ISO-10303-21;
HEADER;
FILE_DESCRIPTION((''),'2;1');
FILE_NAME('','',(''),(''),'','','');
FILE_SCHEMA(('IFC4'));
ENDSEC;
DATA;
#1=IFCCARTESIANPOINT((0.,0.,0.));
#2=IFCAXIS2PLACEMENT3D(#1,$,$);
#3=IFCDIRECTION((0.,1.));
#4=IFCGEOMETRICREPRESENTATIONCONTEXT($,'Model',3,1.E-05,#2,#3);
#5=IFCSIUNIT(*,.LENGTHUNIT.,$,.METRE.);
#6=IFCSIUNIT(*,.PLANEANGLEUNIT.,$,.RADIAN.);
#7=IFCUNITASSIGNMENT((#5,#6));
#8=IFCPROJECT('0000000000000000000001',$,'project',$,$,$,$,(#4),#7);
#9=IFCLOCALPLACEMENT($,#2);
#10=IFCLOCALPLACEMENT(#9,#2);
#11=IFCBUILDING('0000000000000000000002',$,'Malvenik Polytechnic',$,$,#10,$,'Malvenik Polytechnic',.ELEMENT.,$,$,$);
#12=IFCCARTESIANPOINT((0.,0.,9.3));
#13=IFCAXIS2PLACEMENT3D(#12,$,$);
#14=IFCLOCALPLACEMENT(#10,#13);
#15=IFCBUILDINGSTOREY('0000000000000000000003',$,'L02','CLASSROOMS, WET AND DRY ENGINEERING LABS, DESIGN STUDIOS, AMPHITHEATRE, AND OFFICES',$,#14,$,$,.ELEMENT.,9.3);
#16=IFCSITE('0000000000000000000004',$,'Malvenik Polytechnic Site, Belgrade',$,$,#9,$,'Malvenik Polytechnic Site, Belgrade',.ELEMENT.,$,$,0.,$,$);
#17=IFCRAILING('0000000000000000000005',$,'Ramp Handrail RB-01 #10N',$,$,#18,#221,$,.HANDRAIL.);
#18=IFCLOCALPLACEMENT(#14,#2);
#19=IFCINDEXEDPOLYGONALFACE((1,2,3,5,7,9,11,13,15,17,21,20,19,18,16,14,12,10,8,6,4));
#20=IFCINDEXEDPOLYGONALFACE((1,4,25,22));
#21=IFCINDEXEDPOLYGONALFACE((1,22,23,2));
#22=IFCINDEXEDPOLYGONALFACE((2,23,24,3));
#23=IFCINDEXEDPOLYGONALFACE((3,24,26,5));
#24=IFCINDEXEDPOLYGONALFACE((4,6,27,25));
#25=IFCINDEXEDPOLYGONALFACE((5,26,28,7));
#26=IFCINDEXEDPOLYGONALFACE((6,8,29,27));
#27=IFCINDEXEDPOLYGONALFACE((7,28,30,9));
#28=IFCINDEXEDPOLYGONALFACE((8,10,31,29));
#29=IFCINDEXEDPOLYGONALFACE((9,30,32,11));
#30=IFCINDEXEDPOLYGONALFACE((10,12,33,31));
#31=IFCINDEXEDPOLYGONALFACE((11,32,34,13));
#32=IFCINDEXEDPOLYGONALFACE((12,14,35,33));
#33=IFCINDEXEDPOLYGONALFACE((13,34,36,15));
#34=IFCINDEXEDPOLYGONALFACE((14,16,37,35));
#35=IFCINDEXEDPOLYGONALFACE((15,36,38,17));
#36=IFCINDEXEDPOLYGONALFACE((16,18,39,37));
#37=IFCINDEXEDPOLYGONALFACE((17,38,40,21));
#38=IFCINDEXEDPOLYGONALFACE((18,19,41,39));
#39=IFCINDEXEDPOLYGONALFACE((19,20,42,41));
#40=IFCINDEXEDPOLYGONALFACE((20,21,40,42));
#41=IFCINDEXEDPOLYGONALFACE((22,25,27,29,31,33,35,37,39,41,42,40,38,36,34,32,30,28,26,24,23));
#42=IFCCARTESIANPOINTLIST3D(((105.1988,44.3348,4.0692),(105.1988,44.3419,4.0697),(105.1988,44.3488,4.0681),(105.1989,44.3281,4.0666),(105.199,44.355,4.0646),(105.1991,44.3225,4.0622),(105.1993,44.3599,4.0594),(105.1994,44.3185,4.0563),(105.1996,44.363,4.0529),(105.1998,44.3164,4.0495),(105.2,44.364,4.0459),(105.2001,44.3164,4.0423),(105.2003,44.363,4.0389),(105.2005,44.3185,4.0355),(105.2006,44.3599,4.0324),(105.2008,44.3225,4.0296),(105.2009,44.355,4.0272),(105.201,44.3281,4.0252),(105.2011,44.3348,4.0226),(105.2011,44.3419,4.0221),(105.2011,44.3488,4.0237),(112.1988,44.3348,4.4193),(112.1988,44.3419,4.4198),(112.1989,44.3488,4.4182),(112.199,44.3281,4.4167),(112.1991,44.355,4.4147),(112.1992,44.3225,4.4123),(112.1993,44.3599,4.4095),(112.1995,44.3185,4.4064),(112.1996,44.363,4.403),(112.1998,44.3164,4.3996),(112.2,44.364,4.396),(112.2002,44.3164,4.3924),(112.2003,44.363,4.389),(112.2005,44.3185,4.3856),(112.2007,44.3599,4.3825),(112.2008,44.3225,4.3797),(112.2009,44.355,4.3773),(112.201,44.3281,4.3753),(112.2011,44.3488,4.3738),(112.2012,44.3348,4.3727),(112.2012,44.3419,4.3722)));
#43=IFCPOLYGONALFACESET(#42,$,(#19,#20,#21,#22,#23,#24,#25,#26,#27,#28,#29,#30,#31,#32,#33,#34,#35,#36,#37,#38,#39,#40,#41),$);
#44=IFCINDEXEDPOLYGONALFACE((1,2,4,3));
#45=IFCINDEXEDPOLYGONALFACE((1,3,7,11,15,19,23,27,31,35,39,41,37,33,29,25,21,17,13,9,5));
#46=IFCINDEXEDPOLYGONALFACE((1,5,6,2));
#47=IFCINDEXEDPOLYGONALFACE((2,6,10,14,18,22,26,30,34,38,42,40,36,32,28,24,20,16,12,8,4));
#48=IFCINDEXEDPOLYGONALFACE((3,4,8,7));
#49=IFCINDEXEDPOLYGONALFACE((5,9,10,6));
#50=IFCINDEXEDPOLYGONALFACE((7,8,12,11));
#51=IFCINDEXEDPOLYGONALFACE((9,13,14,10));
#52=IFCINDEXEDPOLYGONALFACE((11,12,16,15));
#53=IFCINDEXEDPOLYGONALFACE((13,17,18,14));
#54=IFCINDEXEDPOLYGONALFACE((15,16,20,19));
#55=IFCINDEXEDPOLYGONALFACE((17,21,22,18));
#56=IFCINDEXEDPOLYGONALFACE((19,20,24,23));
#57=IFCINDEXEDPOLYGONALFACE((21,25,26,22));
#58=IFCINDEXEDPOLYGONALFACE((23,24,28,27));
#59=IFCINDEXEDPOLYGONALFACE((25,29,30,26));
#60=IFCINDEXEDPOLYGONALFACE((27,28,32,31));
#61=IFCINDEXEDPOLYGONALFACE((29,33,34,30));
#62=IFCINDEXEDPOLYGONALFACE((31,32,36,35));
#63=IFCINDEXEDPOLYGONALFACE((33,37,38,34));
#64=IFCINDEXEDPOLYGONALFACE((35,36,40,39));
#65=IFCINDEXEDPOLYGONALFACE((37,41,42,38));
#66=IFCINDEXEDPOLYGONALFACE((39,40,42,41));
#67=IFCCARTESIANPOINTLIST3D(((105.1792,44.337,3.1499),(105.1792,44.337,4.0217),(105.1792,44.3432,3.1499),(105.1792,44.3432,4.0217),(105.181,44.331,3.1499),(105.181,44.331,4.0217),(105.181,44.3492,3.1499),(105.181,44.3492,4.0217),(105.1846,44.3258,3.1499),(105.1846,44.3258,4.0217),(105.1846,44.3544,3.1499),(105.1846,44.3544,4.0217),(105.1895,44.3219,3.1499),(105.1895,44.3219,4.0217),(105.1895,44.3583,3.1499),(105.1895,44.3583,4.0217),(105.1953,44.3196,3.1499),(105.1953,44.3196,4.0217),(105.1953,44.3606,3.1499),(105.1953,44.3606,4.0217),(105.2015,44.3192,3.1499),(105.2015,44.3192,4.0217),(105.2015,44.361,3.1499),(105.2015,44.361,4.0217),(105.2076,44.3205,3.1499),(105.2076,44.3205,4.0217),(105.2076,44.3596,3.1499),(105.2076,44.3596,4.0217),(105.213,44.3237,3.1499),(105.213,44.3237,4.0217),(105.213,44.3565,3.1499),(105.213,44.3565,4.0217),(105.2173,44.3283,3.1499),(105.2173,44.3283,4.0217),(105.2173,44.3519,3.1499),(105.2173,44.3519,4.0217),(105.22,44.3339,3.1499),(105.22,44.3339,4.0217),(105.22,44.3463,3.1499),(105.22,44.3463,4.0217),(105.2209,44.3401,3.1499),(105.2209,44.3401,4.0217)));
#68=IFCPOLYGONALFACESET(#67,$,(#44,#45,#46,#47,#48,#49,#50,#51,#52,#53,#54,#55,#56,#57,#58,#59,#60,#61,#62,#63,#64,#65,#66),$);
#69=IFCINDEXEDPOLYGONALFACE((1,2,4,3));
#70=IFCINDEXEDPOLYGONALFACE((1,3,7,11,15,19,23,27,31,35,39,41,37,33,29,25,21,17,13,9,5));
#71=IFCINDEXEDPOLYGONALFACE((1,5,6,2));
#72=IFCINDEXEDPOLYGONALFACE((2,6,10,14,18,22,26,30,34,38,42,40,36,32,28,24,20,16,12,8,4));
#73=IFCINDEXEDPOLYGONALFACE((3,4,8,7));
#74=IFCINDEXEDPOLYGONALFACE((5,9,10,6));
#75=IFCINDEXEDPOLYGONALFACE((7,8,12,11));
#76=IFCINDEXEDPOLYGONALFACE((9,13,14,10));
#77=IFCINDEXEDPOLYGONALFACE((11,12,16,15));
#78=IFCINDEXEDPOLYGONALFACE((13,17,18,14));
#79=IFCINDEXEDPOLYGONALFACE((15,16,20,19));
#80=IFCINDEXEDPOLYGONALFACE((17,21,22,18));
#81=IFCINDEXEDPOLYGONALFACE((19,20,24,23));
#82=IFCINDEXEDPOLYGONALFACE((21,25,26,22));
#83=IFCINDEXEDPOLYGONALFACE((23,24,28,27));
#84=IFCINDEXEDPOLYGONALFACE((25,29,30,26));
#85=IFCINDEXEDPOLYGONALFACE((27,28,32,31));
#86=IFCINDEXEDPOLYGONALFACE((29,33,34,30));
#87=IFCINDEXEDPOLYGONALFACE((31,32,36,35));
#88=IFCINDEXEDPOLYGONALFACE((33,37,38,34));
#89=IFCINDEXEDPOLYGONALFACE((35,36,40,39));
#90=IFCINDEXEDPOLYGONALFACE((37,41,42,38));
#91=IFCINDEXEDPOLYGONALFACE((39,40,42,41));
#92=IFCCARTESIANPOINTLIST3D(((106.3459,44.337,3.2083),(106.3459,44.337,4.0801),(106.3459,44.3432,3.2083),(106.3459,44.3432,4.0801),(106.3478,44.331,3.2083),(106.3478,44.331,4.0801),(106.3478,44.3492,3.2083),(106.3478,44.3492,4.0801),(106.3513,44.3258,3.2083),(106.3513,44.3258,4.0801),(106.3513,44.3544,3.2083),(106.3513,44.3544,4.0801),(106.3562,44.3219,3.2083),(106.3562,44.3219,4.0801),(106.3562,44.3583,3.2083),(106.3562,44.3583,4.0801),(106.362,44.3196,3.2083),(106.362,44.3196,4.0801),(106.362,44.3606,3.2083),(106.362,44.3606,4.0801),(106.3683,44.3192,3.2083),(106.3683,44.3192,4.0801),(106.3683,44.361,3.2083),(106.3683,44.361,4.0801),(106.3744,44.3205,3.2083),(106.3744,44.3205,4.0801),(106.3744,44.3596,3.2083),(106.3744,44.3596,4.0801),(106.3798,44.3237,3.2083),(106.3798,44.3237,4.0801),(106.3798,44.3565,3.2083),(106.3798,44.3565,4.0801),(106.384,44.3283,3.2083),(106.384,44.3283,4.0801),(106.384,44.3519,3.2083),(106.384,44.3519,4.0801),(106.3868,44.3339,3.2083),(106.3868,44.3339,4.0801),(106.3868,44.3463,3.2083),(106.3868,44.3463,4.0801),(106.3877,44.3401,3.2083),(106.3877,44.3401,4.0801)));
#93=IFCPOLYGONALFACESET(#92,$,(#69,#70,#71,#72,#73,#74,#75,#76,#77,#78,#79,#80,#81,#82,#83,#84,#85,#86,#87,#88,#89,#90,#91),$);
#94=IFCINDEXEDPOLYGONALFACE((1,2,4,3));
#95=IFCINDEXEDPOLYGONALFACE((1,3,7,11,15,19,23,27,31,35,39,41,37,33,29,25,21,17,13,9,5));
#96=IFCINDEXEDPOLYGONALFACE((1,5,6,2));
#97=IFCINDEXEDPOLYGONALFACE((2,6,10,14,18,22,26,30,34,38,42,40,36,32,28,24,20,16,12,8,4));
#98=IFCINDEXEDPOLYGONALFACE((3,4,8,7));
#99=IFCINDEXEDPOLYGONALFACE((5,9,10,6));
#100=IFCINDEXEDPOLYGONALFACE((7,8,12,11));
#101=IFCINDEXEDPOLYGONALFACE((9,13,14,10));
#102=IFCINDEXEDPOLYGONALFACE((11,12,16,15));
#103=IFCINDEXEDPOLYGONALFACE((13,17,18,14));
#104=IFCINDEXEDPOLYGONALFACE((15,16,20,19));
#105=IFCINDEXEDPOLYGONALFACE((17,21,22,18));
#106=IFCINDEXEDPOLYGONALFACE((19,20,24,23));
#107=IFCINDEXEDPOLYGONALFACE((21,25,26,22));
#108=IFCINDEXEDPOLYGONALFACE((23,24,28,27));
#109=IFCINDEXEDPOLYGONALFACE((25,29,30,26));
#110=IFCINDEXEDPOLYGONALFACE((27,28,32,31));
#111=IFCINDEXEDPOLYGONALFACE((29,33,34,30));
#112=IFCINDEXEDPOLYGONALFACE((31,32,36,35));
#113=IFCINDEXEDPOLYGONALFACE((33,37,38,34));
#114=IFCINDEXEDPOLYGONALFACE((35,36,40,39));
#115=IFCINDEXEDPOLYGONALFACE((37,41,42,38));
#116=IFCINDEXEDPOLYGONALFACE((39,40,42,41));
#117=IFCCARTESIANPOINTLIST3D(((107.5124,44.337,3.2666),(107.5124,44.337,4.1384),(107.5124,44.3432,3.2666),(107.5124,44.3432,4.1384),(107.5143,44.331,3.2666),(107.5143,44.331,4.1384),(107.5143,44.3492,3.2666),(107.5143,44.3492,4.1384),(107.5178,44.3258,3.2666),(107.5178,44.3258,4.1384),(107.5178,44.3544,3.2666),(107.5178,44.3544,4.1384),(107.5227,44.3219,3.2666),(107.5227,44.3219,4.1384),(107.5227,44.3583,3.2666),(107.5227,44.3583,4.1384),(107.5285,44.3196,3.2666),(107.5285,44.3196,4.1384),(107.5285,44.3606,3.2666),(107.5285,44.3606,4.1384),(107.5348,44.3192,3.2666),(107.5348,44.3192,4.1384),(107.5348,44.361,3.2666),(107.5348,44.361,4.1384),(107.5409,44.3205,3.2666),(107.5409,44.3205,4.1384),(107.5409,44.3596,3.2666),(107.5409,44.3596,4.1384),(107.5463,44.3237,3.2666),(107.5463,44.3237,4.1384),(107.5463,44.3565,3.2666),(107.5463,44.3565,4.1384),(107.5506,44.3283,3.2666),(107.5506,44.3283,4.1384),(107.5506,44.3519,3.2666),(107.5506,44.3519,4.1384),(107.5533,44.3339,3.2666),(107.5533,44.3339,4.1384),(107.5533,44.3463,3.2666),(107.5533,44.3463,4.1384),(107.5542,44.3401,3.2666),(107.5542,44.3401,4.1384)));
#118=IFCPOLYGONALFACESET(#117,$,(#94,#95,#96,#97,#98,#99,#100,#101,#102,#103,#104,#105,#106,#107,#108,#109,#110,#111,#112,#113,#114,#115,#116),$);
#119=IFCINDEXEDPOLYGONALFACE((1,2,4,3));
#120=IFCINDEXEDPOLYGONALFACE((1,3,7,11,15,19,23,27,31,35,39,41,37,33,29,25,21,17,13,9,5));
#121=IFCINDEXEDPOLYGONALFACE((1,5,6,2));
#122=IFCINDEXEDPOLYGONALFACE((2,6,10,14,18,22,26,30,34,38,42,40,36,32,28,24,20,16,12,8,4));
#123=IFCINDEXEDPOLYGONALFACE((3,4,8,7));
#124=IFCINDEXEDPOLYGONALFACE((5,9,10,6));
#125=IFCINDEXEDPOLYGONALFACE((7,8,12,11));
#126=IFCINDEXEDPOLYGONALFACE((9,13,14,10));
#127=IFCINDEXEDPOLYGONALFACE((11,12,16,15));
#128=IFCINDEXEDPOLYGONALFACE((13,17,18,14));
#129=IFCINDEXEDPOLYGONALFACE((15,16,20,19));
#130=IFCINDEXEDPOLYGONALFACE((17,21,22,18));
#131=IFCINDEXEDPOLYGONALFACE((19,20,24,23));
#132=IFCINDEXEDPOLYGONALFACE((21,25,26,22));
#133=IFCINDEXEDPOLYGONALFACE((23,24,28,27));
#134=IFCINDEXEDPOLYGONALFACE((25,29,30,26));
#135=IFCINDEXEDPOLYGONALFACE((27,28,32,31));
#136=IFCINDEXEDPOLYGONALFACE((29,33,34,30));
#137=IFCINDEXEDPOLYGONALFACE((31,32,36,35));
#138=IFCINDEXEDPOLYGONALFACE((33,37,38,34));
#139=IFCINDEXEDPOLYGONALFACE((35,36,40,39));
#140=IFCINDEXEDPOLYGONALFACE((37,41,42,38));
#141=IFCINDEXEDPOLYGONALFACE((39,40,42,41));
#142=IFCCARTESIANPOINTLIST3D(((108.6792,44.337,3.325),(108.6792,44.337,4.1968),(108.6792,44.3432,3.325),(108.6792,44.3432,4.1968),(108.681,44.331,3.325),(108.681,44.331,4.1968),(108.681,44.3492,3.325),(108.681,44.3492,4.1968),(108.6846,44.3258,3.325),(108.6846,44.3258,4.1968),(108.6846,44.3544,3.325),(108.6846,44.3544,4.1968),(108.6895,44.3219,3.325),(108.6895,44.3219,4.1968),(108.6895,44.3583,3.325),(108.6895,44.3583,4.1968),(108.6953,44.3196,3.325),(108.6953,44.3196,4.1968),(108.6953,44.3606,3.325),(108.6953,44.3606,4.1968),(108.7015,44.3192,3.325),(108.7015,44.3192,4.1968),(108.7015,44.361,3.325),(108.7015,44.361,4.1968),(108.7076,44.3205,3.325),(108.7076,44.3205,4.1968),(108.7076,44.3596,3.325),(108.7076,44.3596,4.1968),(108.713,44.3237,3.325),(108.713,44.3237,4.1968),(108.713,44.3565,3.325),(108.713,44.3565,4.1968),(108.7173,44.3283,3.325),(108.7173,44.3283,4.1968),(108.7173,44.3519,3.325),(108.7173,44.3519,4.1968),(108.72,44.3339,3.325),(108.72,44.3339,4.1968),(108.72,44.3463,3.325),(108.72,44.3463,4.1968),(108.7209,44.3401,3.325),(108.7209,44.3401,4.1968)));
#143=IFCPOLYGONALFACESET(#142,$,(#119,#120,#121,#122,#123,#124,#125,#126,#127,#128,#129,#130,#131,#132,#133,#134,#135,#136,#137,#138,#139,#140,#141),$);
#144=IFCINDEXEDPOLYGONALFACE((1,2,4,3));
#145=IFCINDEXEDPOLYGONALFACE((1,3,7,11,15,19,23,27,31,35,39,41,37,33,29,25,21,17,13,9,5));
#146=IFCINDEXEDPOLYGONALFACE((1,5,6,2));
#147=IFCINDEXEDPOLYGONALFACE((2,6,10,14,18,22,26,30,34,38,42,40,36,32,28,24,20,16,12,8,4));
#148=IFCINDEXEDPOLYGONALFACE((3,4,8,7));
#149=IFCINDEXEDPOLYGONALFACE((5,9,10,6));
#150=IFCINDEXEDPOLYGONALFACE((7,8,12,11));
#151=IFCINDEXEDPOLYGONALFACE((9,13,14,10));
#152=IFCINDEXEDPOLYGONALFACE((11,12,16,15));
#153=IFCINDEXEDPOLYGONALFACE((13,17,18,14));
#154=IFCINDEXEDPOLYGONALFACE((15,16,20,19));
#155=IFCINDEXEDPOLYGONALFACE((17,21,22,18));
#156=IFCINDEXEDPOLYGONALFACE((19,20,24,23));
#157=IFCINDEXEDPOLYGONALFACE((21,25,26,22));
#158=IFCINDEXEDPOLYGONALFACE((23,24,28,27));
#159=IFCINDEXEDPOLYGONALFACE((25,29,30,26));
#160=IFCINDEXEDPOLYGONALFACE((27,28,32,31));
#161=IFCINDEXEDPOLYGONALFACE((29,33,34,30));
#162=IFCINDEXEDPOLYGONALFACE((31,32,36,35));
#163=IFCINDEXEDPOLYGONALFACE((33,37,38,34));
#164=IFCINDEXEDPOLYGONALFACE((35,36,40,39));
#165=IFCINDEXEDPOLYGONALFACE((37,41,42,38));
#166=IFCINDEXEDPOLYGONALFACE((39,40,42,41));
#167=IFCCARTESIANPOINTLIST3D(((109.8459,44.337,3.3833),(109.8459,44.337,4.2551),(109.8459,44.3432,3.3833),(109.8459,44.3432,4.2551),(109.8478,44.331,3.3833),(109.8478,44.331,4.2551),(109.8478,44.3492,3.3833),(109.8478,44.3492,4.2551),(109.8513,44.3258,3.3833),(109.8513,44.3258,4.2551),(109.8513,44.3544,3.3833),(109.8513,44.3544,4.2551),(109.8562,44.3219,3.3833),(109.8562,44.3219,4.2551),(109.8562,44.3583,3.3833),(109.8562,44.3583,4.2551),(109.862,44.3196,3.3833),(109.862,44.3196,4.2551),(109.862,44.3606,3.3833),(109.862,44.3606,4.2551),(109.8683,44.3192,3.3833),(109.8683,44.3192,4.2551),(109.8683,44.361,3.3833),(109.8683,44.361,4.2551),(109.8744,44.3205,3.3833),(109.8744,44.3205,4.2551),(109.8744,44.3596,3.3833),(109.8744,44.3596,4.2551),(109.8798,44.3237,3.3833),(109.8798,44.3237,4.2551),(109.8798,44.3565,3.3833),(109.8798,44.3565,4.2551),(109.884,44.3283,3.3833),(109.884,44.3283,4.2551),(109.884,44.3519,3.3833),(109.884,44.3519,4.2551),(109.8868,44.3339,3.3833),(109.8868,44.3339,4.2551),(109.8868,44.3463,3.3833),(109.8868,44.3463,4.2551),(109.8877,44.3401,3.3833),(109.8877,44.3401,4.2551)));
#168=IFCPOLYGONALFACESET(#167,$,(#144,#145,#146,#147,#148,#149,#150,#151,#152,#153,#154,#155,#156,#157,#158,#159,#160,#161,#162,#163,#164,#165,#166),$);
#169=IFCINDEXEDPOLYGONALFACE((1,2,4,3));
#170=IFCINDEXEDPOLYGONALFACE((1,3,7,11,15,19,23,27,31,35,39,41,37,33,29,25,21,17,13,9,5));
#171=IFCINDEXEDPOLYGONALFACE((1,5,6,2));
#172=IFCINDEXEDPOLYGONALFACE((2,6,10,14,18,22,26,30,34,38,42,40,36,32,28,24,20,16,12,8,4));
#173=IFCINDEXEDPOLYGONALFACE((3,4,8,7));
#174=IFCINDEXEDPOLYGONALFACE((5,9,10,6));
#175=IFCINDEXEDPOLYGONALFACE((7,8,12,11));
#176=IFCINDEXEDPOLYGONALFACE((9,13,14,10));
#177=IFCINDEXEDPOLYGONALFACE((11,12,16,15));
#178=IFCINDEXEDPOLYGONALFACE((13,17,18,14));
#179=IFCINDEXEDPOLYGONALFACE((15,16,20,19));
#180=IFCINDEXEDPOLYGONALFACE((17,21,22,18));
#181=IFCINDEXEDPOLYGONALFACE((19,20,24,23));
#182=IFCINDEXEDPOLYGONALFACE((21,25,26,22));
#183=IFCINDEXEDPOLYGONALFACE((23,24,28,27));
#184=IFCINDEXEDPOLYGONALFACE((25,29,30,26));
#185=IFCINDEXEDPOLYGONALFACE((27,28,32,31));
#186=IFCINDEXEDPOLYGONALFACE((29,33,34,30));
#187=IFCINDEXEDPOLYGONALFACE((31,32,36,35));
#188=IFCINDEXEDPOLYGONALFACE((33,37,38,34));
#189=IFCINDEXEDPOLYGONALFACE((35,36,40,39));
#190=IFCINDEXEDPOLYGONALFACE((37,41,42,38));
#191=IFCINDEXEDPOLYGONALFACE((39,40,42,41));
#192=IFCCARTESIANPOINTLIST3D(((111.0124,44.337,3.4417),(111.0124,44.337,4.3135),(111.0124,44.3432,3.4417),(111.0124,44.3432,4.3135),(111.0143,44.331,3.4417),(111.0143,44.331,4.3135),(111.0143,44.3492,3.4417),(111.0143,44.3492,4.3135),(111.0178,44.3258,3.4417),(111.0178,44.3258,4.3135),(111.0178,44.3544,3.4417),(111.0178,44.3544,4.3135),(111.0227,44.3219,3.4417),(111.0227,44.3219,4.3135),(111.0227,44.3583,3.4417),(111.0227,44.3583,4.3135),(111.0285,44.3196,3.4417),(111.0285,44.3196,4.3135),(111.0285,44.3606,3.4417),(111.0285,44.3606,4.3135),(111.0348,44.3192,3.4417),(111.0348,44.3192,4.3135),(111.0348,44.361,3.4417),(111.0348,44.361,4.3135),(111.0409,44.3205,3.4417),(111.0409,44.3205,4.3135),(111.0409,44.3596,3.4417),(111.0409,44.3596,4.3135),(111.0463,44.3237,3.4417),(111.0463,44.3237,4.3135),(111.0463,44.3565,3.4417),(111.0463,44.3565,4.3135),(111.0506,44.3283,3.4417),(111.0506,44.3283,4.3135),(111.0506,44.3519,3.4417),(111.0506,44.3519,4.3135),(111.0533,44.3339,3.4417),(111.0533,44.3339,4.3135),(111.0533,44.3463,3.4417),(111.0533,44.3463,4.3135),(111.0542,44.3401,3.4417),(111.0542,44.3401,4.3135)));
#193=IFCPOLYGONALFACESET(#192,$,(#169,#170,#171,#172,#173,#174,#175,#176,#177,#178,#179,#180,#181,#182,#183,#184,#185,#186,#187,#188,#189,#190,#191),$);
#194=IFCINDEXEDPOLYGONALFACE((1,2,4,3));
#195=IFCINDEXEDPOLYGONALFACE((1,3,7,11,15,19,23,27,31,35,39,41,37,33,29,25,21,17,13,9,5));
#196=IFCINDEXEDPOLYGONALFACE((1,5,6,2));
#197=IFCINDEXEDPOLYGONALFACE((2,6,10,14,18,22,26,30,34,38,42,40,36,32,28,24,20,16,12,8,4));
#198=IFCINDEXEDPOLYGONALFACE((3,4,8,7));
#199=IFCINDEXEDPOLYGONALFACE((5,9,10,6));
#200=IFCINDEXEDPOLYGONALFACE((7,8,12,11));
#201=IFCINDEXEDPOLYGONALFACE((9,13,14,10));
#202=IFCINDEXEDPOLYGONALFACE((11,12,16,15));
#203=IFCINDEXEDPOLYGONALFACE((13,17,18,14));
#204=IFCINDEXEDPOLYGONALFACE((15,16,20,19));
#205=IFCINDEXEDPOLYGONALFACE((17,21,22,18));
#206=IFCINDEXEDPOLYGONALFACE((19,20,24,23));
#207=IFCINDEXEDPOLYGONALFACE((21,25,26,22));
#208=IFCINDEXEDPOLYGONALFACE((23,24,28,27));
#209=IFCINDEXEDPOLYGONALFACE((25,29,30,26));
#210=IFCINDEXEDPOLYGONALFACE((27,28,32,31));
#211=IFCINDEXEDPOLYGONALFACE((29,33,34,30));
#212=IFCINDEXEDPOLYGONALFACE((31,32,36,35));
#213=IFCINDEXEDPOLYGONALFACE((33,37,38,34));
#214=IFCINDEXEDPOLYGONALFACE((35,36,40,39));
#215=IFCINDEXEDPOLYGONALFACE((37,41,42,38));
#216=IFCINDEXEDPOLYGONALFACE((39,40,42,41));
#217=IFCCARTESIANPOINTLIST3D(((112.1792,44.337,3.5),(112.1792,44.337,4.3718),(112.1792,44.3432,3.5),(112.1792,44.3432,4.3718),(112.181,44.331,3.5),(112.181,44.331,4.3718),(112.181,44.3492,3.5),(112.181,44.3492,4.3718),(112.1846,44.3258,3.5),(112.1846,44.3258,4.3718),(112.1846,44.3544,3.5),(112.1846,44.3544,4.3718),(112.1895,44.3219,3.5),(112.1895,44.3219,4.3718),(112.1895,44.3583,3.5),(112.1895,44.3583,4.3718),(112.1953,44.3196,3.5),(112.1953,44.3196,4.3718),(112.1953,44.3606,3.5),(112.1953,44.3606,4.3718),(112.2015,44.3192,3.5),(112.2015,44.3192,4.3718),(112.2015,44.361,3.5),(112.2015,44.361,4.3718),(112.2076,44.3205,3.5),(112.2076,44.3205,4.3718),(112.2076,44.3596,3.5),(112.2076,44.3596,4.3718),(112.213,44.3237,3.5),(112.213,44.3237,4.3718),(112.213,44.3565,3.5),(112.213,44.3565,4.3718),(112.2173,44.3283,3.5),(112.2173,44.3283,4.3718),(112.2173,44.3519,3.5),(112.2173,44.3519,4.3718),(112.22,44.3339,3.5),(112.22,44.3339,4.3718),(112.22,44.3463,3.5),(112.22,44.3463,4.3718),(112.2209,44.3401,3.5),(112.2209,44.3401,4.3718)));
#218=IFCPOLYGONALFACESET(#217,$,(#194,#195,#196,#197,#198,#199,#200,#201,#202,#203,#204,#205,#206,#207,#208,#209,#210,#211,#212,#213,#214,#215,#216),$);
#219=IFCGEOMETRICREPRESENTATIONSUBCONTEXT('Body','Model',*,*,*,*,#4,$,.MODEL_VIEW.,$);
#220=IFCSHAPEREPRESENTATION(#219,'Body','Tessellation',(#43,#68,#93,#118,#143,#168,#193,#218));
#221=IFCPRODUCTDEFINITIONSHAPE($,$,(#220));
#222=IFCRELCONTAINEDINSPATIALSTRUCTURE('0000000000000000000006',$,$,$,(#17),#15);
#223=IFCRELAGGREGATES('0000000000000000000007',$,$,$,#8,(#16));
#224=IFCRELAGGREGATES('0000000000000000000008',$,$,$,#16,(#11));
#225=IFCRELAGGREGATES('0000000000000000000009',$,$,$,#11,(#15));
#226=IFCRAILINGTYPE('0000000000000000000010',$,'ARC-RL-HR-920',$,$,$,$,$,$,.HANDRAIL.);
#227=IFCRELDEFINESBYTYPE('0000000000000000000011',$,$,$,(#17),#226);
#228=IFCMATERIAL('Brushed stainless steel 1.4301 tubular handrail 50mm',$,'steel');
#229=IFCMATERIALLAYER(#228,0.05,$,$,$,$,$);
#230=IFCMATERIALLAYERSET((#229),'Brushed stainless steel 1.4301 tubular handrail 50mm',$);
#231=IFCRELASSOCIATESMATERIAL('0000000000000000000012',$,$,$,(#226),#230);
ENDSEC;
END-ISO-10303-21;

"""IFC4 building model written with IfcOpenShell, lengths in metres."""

from ifc_helpers import new_model, si_unit, direction, frame, origin, origin_2d, place, context, subcontext, project, spatial, circle, extrude, material, layer, layer_set, type_object, element, save


model = new_model("IFC4")

# Units and contexts
model_context = context("Model", 3, precision=1e-05, world=origin(), true_north=direction((0.0, 1.0)))
body_context = subcontext(model_context, "Body", "Model", "MODEL_VIEW")
ifc_project = project(units=[si_unit("LENGTHUNIT", "METRE"), si_unit("PLANEANGLEUNIT", "RADIAN")], contexts=[model_context])

# Site, building, storey
site_placement = place(None, origin())
site = spatial("IfcSite", under=ifc_project, at=site_placement, Name="Malvenik Polytechnic Site, Belgrade", LongName="Malvenik Polytechnic Site, Belgrade", CompositionType="ELEMENT", RefElevation=0.0)
building_placement = place(site_placement, origin())
building = spatial("IfcBuilding", under=site, at=building_placement, Name="Malvenik Polytechnic", LongName="Malvenik Polytechnic", CompositionType="ELEMENT")
storey_placement = place(building_placement, frame((0.0, 0.0, 9.3)))
storey = spatial("IfcBuildingStorey", under=building, at=storey_placement, Name="L02", Description="CLASSROOMS, WET AND DRY ENGINEERING LABS, DESIGN STUDIOS, AMPHITHEATRE, AND OFFICES", CompositionType="ELEMENT", Elevation=9.3)

# Railing
ifc_material_1 = material(Name="Brushed stainless steel 1.4301 tubular handrail 50mm", Category="steel")
ifc_layer_1 = layer(ifc_material_1, 0.05)
ifc_layer_set_1 = layer_set([ifc_layer_1], Name="Brushed stainless steel 1.4301 tubular handrail 50mm")
railing_type_1 = type_object("IfcRailingType", Name="ARC-RL-HR-920", PredefinedType="HANDRAIL", material=ifc_layer_set_1)
railing_1_placement = place(storey_placement, frame((105.2, 44.3401, 3.1499)))
element("IfcRailing", 1, at=railing_1_placement, inside=storey, type_object=railing_type_1, Name="Ramp Handrail RB-01 #10N", PredefinedType="HANDRAIL", context=body_context, shape_type="SweptSolid", body=[
    extrude(circle(Radius=0.0239, at=origin_2d()), frame((0.0, 0.0, 0.896), z_axis=(0.998752, 0.0, 0.049952), x_axis=(0.0, 1.0, 0.0)), (0.0, 0.0, 1.0), 7.0088),
    extrude(circle(Radius=0.021, at=origin_2d()), origin(), (0.0, 0.0, 1.0), 0.8718),
    extrude(circle(Radius=0.021, at=origin_2d()), frame((1.1667, 0.0, 0.0583)), (0.0, 0.0, 1.0), 0.8718),
    extrude(circle(Radius=0.021, at=origin_2d()), frame((2.3333, 0.0, 0.1167)), (0.0, 0.0, 1.0), 0.8718),
    extrude(circle(Radius=0.021, at=origin_2d()), frame((3.5, 0.0, 0.175)), (0.0, 0.0, 1.0), 0.8718),
    extrude(circle(Radius=0.021, at=origin_2d()), frame((4.6667, 0.0, 0.2334)), (0.0, 0.0, 1.0), 0.8718),
    extrude(circle(Radius=0.021, at=origin_2d()), frame((5.8333, 0.0, 0.2917)), (0.0, 0.0, 1.0), 0.8718),
    extrude(circle(Radius=0.021, at=origin_2d()), frame((7.0, 0.0, 0.3501)), (0.0, 0.0, 1.0), 0.8718),
])

save(model, "model.ifc")
